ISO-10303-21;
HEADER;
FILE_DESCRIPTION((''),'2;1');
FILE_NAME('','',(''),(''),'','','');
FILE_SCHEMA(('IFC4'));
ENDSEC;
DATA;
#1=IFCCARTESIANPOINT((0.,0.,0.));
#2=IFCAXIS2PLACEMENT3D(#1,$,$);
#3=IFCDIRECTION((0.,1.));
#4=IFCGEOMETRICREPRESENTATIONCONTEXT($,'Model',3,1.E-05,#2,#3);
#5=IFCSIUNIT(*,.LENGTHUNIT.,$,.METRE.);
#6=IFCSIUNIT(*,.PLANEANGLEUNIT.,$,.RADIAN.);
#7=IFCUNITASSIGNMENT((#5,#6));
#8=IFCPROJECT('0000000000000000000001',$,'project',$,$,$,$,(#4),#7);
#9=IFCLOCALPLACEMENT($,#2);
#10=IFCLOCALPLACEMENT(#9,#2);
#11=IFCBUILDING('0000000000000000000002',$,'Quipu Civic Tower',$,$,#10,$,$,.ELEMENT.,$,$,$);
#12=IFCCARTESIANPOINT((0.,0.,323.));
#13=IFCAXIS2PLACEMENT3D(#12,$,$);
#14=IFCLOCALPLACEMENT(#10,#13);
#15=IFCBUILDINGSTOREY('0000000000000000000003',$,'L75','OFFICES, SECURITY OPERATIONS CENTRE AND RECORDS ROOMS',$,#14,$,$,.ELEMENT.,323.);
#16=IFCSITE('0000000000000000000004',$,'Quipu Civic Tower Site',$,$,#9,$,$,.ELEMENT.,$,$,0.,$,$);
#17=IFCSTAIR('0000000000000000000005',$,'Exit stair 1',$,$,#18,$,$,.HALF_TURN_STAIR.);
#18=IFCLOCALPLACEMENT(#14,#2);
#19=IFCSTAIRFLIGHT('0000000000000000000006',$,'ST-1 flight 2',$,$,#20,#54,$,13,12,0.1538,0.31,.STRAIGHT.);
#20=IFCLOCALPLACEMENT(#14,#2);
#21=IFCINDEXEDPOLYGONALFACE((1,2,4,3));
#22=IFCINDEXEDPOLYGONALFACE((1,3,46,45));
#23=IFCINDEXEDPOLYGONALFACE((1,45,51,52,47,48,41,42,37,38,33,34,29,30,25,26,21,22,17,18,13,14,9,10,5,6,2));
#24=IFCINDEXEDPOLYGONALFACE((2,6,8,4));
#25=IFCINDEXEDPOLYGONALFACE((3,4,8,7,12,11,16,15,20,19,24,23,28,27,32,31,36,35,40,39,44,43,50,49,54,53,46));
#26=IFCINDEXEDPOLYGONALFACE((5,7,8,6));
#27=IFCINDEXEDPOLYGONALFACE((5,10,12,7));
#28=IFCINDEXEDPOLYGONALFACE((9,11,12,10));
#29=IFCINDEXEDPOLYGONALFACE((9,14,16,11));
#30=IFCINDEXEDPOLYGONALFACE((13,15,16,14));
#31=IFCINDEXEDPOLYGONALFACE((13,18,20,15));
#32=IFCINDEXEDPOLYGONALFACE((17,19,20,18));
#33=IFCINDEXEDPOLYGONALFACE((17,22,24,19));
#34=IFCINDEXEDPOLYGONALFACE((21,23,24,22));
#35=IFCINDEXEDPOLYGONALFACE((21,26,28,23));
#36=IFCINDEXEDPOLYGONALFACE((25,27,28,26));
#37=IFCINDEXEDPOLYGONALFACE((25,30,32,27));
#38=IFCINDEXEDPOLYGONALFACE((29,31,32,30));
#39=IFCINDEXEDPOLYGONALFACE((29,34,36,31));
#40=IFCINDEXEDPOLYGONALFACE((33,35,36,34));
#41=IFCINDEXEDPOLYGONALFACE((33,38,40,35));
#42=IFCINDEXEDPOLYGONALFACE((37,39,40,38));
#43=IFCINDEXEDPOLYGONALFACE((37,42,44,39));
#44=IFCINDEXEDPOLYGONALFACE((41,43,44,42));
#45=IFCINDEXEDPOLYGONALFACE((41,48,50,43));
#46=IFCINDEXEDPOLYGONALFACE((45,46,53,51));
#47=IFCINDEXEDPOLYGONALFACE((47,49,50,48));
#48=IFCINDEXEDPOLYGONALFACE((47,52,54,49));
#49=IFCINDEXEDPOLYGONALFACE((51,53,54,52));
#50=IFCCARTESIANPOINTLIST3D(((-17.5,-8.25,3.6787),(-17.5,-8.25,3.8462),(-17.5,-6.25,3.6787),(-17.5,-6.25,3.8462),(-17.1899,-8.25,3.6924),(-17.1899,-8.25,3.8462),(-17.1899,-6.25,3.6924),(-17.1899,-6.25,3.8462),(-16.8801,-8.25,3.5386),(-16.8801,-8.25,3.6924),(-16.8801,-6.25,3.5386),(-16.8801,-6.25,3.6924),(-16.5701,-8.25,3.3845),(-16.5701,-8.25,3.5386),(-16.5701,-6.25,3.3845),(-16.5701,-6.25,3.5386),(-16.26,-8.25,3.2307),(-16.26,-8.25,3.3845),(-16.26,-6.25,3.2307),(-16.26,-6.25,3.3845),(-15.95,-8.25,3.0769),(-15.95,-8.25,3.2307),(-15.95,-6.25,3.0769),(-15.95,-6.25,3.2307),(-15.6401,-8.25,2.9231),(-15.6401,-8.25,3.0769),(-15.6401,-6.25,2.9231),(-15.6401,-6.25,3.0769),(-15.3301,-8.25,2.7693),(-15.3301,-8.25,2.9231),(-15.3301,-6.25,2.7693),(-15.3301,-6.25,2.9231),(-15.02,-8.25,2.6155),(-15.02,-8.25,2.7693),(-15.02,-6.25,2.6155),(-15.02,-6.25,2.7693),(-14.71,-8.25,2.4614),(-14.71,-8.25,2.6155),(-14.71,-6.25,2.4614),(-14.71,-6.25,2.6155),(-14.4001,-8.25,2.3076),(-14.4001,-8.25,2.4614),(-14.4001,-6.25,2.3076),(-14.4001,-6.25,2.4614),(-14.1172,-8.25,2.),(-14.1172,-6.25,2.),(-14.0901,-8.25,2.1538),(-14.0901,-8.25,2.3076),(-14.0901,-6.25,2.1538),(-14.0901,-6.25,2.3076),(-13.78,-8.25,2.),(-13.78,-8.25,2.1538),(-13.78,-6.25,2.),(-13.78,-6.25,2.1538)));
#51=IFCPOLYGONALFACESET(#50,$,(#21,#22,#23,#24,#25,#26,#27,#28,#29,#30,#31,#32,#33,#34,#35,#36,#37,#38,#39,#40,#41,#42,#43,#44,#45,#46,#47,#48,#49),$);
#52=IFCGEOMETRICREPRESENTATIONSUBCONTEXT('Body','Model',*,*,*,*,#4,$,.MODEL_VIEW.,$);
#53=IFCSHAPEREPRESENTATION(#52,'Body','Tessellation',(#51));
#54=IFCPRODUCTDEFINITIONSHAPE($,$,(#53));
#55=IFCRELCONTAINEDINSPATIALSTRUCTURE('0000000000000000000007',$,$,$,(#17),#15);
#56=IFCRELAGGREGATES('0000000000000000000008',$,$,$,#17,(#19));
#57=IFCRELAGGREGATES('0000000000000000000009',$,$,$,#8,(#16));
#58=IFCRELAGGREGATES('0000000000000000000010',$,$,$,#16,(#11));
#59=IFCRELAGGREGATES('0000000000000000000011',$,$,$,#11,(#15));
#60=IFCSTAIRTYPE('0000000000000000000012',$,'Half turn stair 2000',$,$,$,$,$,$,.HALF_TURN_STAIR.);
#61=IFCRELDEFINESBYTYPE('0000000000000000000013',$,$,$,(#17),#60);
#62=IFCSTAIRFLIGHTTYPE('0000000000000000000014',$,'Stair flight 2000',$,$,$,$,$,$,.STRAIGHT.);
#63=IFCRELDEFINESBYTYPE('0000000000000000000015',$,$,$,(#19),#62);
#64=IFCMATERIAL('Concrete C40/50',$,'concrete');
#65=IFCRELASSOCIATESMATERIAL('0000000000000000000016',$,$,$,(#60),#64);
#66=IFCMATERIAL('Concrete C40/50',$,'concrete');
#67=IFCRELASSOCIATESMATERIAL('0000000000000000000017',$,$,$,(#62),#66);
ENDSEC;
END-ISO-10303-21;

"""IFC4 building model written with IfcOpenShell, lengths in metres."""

from ifc_helpers import new_model, si_unit, direction, frame, origin, place, context, subcontext, project, spatial, polyline, outline, extrude, material, type_object, element, aggregate, save


model = new_model("IFC4")

# Units and contexts
model_context = context("Model", 3, precision=1e-05, world=origin(), true_north=direction((0.0, 1.0)))
body_context = subcontext(model_context, "Body", "Model", "MODEL_VIEW")
ifc_project = project(units=[si_unit("LENGTHUNIT", "METRE"), si_unit("PLANEANGLEUNIT", "RADIAN")], contexts=[model_context])

# Site, building, storey
site_placement = place(None, origin())
site = spatial("IfcSite", under=ifc_project, at=site_placement, Name="Quipu Civic Tower Site", CompositionType="ELEMENT", RefElevation=0.0)
building_placement = place(site_placement, origin())
building = spatial("IfcBuilding", under=site, at=building_placement, Name="Quipu Civic Tower", CompositionType="ELEMENT")
storey_placement = place(building_placement, frame((0.0, 0.0, 323.0)))
storey = spatial("IfcBuildingStorey", under=building, at=storey_placement, Name="L75", Description="OFFICES, SECURITY OPERATIONS CENTRE AND RECORDS ROOMS", CompositionType="ELEMENT", Elevation=323.0)

# Stair, stair flight
ifc_material_1 = material(Name="Concrete C40/50", Category="concrete")
stair_type = type_object("IfcStairType", Name="Half turn stair 2000", PredefinedType="HALF_TURN_STAIR", material=ifc_material_1)
stair_placement = place(storey_placement, origin())
stair = element("IfcStair", 1, at=stair_placement, inside=storey, type_object=stair_type, Name="Exit stair 1", PredefinedType="HALF_TURN_STAIR")
ifc_material_2 = material(Name="Concrete C40/50", Category="concrete")
stair_flight_type = type_object("IfcStairFlightType", Name="Stair flight 2000", PredefinedType="STRAIGHT", material=ifc_material_2)
stair_flight_1_placement = place(storey_placement, frame((-13.78, -7.25, 2.0), z_axis=(0.0, 0.0, 1.0), x_axis=(-1.0, 0.0, 0.0)))
stair_flight_1 = element("IfcStairFlight", 2, at=stair_flight_1_placement, type_object=stair_flight_type, Name="ST-1 flight 2", NumberOfRisers=13, NumberOfTreads=12, PredefinedType="STRAIGHT", RiserHeight=0.1538, TreadLength=0.31, context=body_context, shape_type="SweptSolid", body=[
    extrude(outline(polyline([(0.0, 0.0), (0.0, 0.1538), (0.3101, 0.1538), (0.3101, 0.3076), (0.6201, 0.3076), (0.6201, 0.4614), (0.9299, 0.4614), (0.9299, 0.6155), (1.24, 0.6155), (1.24, 0.7693), (1.55, 0.7693), (1.55, 0.9231), (1.8601, 0.9231), (1.8601, 1.0769), (2.1699, 1.0769), (2.1699, 1.2307), (2.48, 1.2307), (2.48, 1.3845), (2.79, 1.3845), (2.79, 1.5386), (3.1001, 1.5386), (3.1001, 1.6924), (3.4099, 1.6924), (3.4099, 1.8462), (3.72, 1.8462), (3.72, 2.0), (3.72, 1.6787), (0.3372, 0.0), (0.0, 0.0)])), frame((0.0, 1.0, 0.0), z_axis=(0.0, -1.0, 0.0), x_axis=(1.0, 0.0, 0.0)), (0.0, 0.0, 1.0), 2.0),
])
aggregate(stair, [stair_flight_1])

save(model, "model.ifc")
